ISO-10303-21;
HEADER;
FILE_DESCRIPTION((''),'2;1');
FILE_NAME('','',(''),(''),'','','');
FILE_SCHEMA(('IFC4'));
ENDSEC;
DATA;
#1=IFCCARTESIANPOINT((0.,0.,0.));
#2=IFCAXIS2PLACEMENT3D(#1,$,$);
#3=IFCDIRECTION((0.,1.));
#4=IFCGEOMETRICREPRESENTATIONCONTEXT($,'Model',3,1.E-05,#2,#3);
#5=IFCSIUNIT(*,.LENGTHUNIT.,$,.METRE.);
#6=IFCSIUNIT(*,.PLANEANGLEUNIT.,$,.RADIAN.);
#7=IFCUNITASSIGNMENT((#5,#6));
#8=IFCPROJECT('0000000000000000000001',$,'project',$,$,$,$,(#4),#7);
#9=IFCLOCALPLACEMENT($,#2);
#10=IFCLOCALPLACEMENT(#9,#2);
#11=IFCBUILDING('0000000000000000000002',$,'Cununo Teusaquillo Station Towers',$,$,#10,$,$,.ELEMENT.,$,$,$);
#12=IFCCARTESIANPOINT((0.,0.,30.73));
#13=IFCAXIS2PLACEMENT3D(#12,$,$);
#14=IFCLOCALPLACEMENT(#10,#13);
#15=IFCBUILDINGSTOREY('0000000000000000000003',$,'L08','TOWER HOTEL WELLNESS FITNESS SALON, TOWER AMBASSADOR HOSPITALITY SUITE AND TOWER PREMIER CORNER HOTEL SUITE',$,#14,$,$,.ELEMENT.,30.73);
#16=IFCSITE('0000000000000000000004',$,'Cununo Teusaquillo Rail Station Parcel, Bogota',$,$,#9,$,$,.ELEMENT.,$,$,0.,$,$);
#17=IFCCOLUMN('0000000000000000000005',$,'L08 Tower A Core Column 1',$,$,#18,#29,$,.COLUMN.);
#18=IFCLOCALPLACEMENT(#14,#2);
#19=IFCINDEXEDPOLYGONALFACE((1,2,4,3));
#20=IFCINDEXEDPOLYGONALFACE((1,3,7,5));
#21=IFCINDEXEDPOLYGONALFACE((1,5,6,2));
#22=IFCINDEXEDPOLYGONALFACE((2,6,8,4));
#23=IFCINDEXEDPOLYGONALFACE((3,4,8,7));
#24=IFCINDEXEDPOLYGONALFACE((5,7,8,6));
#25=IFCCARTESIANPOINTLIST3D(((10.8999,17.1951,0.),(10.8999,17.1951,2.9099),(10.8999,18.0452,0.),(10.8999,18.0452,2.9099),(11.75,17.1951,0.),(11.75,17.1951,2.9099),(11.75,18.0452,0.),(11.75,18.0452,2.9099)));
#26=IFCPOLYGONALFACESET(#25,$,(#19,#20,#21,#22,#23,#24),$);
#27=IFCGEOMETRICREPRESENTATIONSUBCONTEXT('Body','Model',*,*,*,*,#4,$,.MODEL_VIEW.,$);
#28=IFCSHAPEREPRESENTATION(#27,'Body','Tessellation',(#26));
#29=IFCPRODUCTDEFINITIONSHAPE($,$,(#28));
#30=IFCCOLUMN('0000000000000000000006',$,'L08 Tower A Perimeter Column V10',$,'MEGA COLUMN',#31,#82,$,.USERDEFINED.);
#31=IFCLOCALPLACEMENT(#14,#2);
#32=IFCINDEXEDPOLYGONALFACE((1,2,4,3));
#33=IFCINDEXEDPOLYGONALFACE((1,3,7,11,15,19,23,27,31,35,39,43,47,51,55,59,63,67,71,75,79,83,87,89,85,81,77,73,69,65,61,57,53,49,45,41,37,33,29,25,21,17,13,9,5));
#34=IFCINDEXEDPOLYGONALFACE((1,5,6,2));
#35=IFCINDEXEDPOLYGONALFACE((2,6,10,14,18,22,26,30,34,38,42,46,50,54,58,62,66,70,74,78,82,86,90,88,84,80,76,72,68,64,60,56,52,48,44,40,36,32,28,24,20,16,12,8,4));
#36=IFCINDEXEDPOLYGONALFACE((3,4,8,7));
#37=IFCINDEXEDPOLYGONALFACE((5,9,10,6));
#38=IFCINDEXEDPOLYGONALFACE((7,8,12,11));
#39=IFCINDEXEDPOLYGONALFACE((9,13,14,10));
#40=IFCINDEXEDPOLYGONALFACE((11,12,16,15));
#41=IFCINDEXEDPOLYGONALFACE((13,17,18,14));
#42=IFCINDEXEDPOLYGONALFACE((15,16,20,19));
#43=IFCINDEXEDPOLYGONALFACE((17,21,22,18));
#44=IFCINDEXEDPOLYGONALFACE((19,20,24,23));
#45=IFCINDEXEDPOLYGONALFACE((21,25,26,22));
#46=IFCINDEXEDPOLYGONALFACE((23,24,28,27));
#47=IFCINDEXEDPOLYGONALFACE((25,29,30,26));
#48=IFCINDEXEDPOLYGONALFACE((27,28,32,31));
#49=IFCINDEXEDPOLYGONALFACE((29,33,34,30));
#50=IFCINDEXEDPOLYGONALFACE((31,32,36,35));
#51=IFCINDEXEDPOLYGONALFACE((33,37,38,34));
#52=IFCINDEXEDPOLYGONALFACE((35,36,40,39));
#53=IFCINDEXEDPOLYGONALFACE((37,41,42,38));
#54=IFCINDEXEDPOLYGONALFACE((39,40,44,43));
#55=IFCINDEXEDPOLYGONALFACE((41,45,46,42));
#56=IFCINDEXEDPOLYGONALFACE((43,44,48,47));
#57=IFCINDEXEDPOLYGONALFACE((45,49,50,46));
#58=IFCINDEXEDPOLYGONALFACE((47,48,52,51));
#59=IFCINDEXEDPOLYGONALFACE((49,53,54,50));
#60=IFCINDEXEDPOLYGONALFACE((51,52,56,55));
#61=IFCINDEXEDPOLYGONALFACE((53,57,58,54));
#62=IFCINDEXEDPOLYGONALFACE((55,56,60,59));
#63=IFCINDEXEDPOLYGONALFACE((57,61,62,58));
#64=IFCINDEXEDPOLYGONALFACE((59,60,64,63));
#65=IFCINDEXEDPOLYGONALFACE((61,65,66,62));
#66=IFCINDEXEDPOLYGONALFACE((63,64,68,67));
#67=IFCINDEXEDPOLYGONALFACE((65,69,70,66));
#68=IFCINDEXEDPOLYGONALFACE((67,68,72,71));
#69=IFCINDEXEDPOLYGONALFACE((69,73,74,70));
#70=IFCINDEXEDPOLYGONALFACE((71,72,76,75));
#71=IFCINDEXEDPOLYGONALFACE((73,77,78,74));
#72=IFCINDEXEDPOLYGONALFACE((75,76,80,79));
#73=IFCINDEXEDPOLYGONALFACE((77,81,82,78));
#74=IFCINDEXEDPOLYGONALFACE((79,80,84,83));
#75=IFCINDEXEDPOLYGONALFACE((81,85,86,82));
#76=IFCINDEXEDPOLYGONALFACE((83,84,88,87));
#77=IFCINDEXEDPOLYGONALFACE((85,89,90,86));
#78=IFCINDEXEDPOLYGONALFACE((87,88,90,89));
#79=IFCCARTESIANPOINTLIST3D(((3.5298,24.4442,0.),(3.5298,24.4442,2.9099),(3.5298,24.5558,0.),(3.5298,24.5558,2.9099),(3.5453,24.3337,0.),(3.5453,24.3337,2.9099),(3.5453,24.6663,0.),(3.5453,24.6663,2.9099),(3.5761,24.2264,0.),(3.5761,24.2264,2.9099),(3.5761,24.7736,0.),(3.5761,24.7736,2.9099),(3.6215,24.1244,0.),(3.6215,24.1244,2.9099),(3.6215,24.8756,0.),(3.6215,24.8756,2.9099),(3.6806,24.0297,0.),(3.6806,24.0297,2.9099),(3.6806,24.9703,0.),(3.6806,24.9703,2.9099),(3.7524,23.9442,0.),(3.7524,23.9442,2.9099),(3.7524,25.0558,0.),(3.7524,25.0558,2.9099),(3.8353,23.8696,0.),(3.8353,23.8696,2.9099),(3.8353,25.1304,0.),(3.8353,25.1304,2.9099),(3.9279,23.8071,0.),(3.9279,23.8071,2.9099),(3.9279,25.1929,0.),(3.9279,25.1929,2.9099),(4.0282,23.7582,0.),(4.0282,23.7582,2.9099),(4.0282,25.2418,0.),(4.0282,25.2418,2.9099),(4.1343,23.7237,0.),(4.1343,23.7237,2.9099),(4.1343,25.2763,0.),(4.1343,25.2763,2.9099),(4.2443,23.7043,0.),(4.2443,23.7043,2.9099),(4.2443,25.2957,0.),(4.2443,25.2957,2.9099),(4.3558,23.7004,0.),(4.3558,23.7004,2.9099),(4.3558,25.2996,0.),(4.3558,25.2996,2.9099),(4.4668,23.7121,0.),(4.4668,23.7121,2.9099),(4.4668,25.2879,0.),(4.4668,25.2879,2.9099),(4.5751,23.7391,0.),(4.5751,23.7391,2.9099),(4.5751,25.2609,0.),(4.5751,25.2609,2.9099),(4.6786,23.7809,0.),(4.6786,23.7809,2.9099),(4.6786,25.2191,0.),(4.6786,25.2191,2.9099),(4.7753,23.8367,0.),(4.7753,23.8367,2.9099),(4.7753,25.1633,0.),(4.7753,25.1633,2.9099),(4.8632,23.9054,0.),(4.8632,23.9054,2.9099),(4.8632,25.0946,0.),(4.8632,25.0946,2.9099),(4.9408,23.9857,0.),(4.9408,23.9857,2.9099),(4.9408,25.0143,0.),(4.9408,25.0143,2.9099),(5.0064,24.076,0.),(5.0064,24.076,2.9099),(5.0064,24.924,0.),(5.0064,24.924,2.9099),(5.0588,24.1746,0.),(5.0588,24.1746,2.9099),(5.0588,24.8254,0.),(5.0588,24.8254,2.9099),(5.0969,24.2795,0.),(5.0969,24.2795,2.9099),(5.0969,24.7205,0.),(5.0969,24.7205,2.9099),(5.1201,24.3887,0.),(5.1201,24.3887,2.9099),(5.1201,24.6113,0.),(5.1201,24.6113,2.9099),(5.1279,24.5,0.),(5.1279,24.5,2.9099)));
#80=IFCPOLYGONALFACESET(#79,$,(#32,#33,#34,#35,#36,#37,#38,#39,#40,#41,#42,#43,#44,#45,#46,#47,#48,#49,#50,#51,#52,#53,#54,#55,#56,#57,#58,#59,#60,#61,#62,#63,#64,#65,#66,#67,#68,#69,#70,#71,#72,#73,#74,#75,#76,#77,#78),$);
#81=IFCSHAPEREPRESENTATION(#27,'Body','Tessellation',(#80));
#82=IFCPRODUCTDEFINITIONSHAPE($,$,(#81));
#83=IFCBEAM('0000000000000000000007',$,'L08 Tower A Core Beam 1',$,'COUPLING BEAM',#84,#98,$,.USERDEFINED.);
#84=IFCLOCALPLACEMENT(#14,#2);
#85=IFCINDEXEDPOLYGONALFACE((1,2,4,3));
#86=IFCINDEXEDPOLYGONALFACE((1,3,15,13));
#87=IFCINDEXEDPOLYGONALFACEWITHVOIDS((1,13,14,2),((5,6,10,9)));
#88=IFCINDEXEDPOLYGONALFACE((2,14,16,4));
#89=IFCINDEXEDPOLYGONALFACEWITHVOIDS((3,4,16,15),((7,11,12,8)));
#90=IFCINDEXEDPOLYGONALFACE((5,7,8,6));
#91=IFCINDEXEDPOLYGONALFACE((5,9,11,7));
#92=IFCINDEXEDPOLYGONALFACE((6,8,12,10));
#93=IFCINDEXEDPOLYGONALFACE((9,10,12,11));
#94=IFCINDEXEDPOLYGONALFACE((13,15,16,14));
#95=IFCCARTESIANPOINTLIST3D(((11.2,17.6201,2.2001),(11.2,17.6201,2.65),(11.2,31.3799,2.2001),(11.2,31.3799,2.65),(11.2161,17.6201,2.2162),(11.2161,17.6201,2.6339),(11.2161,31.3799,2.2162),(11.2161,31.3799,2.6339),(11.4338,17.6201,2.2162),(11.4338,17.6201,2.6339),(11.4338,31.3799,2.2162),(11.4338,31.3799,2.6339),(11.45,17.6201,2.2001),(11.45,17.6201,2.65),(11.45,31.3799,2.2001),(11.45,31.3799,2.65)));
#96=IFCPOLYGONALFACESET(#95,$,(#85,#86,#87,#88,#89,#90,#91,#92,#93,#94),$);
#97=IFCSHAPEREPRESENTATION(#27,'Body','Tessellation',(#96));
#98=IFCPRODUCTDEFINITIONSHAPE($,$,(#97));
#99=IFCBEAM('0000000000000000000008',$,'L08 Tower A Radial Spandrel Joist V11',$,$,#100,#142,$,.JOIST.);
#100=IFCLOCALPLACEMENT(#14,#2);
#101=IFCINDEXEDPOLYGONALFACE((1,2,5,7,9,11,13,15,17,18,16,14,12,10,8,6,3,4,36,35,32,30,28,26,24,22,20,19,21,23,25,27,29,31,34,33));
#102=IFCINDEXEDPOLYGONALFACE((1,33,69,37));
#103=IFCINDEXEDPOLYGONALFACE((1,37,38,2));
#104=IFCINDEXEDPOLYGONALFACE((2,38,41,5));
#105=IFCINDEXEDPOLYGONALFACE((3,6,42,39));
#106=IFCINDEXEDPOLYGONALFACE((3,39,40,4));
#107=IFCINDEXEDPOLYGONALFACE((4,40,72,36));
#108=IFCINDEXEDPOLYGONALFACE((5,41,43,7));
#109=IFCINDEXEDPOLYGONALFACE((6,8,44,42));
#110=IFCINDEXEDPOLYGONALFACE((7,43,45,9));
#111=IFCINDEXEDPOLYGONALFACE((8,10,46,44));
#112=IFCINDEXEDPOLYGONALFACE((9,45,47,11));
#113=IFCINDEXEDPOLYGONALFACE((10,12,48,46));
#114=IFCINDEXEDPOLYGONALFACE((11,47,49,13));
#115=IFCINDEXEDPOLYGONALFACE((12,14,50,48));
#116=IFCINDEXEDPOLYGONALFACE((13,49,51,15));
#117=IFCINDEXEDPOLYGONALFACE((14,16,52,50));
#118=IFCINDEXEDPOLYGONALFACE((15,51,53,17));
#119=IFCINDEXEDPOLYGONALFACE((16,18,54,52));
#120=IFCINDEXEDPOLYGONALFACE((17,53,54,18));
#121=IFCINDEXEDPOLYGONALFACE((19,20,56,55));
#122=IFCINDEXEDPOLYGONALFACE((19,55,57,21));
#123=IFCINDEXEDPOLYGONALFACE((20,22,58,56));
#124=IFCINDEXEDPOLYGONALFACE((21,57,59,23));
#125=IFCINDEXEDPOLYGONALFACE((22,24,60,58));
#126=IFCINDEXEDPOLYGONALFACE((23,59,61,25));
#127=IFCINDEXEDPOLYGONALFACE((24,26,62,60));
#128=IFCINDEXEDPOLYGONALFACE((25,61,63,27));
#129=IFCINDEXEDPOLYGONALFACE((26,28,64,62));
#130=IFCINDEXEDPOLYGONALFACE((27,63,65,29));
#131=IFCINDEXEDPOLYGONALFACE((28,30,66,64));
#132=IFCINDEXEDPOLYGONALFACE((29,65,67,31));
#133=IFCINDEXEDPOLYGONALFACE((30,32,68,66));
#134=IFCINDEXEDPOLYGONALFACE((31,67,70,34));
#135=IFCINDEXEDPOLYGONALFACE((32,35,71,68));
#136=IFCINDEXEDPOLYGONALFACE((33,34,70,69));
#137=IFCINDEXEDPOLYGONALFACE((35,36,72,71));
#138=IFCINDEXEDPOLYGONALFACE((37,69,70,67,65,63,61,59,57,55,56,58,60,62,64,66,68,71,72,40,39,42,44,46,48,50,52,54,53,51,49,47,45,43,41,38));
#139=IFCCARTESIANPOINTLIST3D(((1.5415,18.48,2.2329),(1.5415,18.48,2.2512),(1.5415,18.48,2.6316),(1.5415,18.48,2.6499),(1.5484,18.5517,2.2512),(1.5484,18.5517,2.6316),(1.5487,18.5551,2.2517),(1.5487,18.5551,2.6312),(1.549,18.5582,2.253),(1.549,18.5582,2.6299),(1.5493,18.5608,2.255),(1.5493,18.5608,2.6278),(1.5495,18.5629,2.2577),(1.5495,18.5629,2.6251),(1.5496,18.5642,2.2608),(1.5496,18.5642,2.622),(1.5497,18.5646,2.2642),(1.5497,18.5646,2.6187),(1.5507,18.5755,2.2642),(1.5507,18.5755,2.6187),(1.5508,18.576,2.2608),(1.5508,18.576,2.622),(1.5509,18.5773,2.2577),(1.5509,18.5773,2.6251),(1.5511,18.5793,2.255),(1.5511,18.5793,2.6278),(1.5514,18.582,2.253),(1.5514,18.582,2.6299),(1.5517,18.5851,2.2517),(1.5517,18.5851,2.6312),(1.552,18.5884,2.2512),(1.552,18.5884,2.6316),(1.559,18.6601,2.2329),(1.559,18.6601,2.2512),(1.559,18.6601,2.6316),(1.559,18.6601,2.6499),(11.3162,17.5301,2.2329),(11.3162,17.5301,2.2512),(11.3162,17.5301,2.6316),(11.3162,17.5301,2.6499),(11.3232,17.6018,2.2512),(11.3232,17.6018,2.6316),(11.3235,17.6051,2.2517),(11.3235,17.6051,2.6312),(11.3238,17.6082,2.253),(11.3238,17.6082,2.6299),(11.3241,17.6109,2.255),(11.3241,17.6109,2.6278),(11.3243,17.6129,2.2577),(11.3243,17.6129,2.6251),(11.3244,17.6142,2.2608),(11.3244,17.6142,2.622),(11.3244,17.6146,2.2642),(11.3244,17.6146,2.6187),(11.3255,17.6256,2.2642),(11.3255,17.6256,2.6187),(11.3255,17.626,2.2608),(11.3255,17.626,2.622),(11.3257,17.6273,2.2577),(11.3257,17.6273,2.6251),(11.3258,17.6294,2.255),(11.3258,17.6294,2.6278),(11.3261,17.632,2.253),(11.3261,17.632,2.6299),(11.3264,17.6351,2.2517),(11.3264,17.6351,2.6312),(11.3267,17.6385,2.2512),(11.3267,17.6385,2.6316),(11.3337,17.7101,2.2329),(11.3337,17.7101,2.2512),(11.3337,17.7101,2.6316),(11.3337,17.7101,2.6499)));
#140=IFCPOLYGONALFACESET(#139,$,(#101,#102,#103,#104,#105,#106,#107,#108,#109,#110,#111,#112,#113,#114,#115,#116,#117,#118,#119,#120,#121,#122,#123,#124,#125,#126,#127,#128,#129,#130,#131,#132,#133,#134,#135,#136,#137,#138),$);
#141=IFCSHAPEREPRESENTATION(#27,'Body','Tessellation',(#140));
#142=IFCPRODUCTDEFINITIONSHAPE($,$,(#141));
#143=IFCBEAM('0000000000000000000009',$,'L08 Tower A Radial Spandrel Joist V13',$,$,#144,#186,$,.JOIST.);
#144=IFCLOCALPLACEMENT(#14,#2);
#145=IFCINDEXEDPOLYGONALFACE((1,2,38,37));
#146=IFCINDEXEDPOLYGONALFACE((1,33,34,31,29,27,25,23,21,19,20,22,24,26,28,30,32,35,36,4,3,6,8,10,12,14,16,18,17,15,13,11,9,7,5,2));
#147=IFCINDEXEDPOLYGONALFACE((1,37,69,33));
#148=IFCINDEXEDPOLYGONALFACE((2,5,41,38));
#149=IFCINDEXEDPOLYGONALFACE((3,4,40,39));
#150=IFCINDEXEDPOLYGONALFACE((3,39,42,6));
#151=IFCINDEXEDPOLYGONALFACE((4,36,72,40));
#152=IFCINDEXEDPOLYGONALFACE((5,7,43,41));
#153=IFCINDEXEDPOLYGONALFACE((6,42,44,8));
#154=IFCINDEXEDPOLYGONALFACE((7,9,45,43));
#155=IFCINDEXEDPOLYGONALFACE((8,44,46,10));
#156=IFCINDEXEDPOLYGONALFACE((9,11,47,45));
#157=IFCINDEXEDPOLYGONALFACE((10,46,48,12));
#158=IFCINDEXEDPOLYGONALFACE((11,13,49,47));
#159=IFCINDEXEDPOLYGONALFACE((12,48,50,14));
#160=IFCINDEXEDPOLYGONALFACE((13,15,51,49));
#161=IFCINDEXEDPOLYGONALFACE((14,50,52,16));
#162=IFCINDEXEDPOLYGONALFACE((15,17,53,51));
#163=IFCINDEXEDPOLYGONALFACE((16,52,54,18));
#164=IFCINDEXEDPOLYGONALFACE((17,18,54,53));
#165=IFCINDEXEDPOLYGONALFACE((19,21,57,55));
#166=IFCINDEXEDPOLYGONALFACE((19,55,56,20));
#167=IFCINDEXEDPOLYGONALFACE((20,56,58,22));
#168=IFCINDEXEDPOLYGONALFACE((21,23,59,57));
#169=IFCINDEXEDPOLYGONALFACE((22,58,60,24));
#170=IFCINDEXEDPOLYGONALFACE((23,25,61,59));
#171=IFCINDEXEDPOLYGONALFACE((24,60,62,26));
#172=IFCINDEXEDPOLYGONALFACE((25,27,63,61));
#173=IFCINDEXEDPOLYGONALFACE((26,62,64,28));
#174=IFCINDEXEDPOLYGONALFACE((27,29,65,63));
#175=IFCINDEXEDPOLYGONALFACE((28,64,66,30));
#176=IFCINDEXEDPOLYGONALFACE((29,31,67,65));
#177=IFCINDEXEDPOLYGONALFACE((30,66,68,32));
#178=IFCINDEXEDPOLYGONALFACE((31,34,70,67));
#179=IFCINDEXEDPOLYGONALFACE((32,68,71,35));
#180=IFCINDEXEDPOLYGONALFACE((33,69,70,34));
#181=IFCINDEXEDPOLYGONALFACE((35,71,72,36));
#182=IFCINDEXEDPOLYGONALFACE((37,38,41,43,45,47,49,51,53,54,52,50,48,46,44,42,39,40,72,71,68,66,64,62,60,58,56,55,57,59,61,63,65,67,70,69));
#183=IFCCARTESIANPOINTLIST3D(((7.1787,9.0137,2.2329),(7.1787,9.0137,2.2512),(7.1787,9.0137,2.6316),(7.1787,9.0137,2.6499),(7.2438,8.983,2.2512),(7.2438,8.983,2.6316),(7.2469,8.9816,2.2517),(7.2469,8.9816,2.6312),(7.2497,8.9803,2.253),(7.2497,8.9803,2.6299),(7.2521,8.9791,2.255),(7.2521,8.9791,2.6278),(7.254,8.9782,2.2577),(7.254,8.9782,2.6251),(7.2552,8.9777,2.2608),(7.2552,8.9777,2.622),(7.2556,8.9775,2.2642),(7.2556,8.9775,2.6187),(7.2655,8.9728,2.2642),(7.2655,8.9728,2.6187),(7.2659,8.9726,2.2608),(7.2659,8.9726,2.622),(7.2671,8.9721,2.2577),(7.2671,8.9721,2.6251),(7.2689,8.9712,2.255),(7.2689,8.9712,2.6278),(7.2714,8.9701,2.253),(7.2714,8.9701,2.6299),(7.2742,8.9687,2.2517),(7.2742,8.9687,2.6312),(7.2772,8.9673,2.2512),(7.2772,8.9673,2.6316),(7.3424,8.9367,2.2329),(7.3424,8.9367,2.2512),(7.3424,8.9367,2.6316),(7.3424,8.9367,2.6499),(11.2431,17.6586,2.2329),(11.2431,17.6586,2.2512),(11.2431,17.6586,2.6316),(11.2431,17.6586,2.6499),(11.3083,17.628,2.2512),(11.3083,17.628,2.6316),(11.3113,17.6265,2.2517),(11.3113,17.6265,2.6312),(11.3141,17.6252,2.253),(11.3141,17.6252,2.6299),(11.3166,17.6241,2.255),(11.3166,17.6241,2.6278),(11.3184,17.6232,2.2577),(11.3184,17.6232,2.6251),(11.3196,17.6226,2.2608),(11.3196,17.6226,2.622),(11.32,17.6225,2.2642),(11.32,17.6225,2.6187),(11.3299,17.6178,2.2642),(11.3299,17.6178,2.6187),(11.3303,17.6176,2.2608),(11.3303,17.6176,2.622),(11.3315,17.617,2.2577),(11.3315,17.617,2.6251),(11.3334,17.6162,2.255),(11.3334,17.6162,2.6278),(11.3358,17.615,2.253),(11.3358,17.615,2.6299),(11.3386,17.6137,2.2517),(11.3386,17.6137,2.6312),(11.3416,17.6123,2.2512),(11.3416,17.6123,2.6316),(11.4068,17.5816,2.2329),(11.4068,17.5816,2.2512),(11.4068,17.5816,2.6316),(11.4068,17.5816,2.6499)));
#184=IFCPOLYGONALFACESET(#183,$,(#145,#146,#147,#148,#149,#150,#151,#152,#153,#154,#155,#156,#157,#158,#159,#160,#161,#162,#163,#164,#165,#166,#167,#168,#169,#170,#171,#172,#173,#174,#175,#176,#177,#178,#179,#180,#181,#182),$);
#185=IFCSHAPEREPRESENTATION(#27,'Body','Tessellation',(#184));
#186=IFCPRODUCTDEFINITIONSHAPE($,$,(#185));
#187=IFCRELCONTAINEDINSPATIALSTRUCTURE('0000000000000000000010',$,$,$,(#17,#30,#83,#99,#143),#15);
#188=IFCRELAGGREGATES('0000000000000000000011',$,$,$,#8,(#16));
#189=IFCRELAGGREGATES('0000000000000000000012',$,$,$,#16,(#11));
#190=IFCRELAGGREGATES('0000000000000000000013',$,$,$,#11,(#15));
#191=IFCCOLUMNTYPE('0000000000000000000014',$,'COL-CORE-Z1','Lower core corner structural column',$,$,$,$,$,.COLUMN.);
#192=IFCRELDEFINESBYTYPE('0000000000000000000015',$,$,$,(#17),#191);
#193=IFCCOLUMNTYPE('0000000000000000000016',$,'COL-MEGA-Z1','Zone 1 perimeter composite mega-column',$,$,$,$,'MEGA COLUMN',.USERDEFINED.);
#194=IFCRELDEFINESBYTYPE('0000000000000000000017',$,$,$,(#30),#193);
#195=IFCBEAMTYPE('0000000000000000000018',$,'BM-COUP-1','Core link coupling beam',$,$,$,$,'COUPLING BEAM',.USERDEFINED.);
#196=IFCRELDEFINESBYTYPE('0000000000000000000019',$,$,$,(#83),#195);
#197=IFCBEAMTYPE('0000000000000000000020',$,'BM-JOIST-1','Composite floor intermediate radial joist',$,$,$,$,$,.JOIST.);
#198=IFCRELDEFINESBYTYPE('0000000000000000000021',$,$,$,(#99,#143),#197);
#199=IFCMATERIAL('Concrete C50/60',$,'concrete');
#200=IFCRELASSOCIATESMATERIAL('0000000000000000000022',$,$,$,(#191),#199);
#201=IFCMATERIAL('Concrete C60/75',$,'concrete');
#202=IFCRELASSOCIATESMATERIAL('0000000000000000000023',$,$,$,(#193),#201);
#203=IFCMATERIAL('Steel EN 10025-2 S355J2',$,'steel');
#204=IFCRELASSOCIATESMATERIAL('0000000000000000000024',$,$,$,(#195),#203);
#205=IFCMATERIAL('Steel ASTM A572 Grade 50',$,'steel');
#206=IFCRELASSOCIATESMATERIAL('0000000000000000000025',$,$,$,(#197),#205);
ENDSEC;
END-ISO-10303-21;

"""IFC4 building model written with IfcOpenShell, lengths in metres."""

from ifc_helpers import new_model, si_unit, direction, frame, origin, origin_2d, place, context, subcontext, project, spatial, rectangle, hollow_rectangle, circle, i_section, extrude, material, material_profile, profile_set, type_object, element, save


model = new_model("IFC4")

# Units and contexts
model_context = context("Model", 3, precision=1e-05, world=origin(), true_north=direction((0.0, 1.0)))
body_context = subcontext(model_context, "Body", "Model", "MODEL_VIEW")
ifc_project = project(units=[si_unit("LENGTHUNIT", "METRE"), si_unit("PLANEANGLEUNIT", "RADIAN")], contexts=[model_context])

# Site, building, storey
site_placement = place(None, origin())
site = spatial("IfcSite", under=ifc_project, at=site_placement, Name="Cununo Teusaquillo Rail Station Parcel, Bogota", CompositionType="ELEMENT", RefElevation=0.0)
building_placement = place(site_placement, origin())
building = spatial("IfcBuilding", under=site, at=building_placement, Name="Cununo Teusaquillo Station Towers", CompositionType="ELEMENT")
storey_placement = place(building_placement, frame((0.0, 0.0, 30.73)))
storey = spatial("IfcBuildingStorey", under=building, at=storey_placement, Name="L08", Description="TOWER HOTEL WELLNESS FITNESS SALON, TOWER AMBASSADOR HOSPITALITY SUITE AND TOWER PREMIER CORNER HOTEL SUITE", CompositionType="ELEMENT", Elevation=30.73)

# Columns
ifc_material_1 = material(Name="Concrete C50/60", Category="concrete")
ifc_material_profile_1 = material_profile(ifc_material_1, rectangle(XDim=0.8501, YDim=0.8501, at=origin_2d()), Name="RC-RECT-850x850")
ifc_profile_set_1 = profile_set([ifc_material_profile_1], Name="Concrete C50/60")
column_type_1 = type_object("IfcColumnType", Name="COL-CORE-Z1", Description="Lower core corner structural column", PredefinedType="COLUMN", material=ifc_profile_set_1)
column_1_placement = place(storey_placement, frame((11.325, 17.6201, 0.0), z_axis=(0.0, 0.0, 1.0), x_axis=(1.0, 0.0, 0.0)))
element("IfcColumn", 1, at=column_1_placement, inside=storey, type_object=column_type_1, Name="L08 Tower A Core Column 1", PredefinedType="COLUMN", context=body_context, shape_type="SweptSolid", body=[
    extrude(rectangle(XDim=0.8501, YDim=0.8501, at=origin_2d()), origin(), (0.0, 0.0, 1.0), 2.9099),
])
ifc_material_2 = material(Name="Concrete C60/75", Category="concrete")
ifc_material_profile_2 = material_profile(ifc_material_2, circle(Radius=0.8, at=origin_2d()), Name="RC-CIRC-1600")
ifc_profile_set_2 = profile_set([ifc_material_profile_2], Name="Concrete C60/75")
column_type_2 = type_object("IfcColumnType", Name="COL-MEGA-Z1", Description="Zone 1 perimeter composite mega-column", ElementType="MEGA COLUMN", PredefinedType="USERDEFINED", material=ifc_profile_set_2)
column_2_placement = place(storey_placement, frame((4.3279, 24.5, 0.0), z_axis=(0.0, 0.0, 1.0), x_axis=(1.0, 0.0, 0.0)))
element("IfcColumn", 2, at=column_2_placement, inside=storey, type_object=column_type_2, Name="L08 Tower A Perimeter Column V10", ObjectType="MEGA COLUMN", PredefinedType="USERDEFINED", context=body_context, shape_type="SweptSolid", body=[
    extrude(circle(Radius=0.8, at=origin_2d()), origin(), (0.0, 0.0, 1.0), 2.9099),
])

# Beams
ifc_material_3 = material(Name="Steel EN 10025-2 S355J2", Category="steel")
ifc_material_profile_3 = material_profile(ifc_material_3, hollow_rectangle(XDim=0.25, YDim=0.45, WallThickness=0.0161, at=origin_2d()), Name="RHS 450x250x16")
ifc_profile_set_3 = profile_set([ifc_material_profile_3], Name="Steel EN 10025-2 S355J2")
beam_type_1 = type_object("IfcBeamType", Name="BM-COUP-1", Description="Core link coupling beam", ElementType="COUPLING BEAM", PredefinedType="USERDEFINED", material=ifc_profile_set_3)
beam_1_placement = place(storey_placement, frame((11.325, 17.6201, 2.425), z_axis=(0.0, 1.0, 0.0), x_axis=(-1.0, 0.0, 0.0)))
element("IfcBeam", 3, at=beam_1_placement, inside=storey, type_object=beam_type_1, Name="L08 Tower A Core Beam 1", ObjectType="COUPLING BEAM", PredefinedType="USERDEFINED", context=body_context, shape_type="SweptSolid", body=[
    extrude(hollow_rectangle(XDim=0.25, YDim=0.45, WallThickness=0.0161, at=origin_2d()), origin(), (0.0, 0.0, 1.0), 13.7598),
])
ifc_material_4 = material(Name="Steel ASTM A572 Grade 50", Category="steel")
ifc_material_profile_4 = material_profile(ifc_material_4, i_section(OverallWidth=0.1809, OverallDepth=0.417, WebThickness=0.011, FlangeThickness=0.0183, FilletRadius=0.0129, at=origin_2d()), Name="W16X57")
ifc_profile_set_4 = profile_set([ifc_material_profile_4], Name="Steel ASTM A572 Grade 50")
beam_type_2 = type_object("IfcBeamType", Name="BM-JOIST-1", Description="Composite floor intermediate radial joist", PredefinedType="JOIST", material=ifc_profile_set_4)
beam_2_placement = place(storey_placement, frame((11.325, 17.6201, 2.4414), z_axis=(-0.995311, 0.096729, 0.0), x_axis=(-0.096729, -0.995311, 0.0)))
element("IfcBeam", 4, at=beam_2_placement, inside=storey, type_object=beam_type_2, Name="L08 Tower A Radial Spandrel Joist V11", PredefinedType="JOIST", context=body_context, shape_type="SweptSolid", body=[
    extrude(i_section(OverallWidth=0.1809, OverallDepth=0.417, WebThickness=0.011, FlangeThickness=0.0183, FilletRadius=0.0129, at=origin_2d()), origin(), (0.0, 0.0, 1.0), 9.8208),
])
beam_3_placement = place(storey_placement, frame((11.325, 17.6201, 2.4414), z_axis=(-0.425472, -0.904972, 0.0), x_axis=(0.904972, -0.425472, 0.0)))
element("IfcBeam", 5, at=beam_3_placement, inside=storey, type_object=beam_type_2, Name="L08 Tower A Radial Spandrel Joist V13", PredefinedType="JOIST", context=body_context, shape_type="SweptSolid", body=[
    extrude(i_section(OverallWidth=0.1809, OverallDepth=0.417, WebThickness=0.011, FlangeThickness=0.0183, FilletRadius=0.0129, at=origin_2d()), origin(), (0.0, 0.0, 1.0), 9.5527),
])

save(model, "model.ifc")
